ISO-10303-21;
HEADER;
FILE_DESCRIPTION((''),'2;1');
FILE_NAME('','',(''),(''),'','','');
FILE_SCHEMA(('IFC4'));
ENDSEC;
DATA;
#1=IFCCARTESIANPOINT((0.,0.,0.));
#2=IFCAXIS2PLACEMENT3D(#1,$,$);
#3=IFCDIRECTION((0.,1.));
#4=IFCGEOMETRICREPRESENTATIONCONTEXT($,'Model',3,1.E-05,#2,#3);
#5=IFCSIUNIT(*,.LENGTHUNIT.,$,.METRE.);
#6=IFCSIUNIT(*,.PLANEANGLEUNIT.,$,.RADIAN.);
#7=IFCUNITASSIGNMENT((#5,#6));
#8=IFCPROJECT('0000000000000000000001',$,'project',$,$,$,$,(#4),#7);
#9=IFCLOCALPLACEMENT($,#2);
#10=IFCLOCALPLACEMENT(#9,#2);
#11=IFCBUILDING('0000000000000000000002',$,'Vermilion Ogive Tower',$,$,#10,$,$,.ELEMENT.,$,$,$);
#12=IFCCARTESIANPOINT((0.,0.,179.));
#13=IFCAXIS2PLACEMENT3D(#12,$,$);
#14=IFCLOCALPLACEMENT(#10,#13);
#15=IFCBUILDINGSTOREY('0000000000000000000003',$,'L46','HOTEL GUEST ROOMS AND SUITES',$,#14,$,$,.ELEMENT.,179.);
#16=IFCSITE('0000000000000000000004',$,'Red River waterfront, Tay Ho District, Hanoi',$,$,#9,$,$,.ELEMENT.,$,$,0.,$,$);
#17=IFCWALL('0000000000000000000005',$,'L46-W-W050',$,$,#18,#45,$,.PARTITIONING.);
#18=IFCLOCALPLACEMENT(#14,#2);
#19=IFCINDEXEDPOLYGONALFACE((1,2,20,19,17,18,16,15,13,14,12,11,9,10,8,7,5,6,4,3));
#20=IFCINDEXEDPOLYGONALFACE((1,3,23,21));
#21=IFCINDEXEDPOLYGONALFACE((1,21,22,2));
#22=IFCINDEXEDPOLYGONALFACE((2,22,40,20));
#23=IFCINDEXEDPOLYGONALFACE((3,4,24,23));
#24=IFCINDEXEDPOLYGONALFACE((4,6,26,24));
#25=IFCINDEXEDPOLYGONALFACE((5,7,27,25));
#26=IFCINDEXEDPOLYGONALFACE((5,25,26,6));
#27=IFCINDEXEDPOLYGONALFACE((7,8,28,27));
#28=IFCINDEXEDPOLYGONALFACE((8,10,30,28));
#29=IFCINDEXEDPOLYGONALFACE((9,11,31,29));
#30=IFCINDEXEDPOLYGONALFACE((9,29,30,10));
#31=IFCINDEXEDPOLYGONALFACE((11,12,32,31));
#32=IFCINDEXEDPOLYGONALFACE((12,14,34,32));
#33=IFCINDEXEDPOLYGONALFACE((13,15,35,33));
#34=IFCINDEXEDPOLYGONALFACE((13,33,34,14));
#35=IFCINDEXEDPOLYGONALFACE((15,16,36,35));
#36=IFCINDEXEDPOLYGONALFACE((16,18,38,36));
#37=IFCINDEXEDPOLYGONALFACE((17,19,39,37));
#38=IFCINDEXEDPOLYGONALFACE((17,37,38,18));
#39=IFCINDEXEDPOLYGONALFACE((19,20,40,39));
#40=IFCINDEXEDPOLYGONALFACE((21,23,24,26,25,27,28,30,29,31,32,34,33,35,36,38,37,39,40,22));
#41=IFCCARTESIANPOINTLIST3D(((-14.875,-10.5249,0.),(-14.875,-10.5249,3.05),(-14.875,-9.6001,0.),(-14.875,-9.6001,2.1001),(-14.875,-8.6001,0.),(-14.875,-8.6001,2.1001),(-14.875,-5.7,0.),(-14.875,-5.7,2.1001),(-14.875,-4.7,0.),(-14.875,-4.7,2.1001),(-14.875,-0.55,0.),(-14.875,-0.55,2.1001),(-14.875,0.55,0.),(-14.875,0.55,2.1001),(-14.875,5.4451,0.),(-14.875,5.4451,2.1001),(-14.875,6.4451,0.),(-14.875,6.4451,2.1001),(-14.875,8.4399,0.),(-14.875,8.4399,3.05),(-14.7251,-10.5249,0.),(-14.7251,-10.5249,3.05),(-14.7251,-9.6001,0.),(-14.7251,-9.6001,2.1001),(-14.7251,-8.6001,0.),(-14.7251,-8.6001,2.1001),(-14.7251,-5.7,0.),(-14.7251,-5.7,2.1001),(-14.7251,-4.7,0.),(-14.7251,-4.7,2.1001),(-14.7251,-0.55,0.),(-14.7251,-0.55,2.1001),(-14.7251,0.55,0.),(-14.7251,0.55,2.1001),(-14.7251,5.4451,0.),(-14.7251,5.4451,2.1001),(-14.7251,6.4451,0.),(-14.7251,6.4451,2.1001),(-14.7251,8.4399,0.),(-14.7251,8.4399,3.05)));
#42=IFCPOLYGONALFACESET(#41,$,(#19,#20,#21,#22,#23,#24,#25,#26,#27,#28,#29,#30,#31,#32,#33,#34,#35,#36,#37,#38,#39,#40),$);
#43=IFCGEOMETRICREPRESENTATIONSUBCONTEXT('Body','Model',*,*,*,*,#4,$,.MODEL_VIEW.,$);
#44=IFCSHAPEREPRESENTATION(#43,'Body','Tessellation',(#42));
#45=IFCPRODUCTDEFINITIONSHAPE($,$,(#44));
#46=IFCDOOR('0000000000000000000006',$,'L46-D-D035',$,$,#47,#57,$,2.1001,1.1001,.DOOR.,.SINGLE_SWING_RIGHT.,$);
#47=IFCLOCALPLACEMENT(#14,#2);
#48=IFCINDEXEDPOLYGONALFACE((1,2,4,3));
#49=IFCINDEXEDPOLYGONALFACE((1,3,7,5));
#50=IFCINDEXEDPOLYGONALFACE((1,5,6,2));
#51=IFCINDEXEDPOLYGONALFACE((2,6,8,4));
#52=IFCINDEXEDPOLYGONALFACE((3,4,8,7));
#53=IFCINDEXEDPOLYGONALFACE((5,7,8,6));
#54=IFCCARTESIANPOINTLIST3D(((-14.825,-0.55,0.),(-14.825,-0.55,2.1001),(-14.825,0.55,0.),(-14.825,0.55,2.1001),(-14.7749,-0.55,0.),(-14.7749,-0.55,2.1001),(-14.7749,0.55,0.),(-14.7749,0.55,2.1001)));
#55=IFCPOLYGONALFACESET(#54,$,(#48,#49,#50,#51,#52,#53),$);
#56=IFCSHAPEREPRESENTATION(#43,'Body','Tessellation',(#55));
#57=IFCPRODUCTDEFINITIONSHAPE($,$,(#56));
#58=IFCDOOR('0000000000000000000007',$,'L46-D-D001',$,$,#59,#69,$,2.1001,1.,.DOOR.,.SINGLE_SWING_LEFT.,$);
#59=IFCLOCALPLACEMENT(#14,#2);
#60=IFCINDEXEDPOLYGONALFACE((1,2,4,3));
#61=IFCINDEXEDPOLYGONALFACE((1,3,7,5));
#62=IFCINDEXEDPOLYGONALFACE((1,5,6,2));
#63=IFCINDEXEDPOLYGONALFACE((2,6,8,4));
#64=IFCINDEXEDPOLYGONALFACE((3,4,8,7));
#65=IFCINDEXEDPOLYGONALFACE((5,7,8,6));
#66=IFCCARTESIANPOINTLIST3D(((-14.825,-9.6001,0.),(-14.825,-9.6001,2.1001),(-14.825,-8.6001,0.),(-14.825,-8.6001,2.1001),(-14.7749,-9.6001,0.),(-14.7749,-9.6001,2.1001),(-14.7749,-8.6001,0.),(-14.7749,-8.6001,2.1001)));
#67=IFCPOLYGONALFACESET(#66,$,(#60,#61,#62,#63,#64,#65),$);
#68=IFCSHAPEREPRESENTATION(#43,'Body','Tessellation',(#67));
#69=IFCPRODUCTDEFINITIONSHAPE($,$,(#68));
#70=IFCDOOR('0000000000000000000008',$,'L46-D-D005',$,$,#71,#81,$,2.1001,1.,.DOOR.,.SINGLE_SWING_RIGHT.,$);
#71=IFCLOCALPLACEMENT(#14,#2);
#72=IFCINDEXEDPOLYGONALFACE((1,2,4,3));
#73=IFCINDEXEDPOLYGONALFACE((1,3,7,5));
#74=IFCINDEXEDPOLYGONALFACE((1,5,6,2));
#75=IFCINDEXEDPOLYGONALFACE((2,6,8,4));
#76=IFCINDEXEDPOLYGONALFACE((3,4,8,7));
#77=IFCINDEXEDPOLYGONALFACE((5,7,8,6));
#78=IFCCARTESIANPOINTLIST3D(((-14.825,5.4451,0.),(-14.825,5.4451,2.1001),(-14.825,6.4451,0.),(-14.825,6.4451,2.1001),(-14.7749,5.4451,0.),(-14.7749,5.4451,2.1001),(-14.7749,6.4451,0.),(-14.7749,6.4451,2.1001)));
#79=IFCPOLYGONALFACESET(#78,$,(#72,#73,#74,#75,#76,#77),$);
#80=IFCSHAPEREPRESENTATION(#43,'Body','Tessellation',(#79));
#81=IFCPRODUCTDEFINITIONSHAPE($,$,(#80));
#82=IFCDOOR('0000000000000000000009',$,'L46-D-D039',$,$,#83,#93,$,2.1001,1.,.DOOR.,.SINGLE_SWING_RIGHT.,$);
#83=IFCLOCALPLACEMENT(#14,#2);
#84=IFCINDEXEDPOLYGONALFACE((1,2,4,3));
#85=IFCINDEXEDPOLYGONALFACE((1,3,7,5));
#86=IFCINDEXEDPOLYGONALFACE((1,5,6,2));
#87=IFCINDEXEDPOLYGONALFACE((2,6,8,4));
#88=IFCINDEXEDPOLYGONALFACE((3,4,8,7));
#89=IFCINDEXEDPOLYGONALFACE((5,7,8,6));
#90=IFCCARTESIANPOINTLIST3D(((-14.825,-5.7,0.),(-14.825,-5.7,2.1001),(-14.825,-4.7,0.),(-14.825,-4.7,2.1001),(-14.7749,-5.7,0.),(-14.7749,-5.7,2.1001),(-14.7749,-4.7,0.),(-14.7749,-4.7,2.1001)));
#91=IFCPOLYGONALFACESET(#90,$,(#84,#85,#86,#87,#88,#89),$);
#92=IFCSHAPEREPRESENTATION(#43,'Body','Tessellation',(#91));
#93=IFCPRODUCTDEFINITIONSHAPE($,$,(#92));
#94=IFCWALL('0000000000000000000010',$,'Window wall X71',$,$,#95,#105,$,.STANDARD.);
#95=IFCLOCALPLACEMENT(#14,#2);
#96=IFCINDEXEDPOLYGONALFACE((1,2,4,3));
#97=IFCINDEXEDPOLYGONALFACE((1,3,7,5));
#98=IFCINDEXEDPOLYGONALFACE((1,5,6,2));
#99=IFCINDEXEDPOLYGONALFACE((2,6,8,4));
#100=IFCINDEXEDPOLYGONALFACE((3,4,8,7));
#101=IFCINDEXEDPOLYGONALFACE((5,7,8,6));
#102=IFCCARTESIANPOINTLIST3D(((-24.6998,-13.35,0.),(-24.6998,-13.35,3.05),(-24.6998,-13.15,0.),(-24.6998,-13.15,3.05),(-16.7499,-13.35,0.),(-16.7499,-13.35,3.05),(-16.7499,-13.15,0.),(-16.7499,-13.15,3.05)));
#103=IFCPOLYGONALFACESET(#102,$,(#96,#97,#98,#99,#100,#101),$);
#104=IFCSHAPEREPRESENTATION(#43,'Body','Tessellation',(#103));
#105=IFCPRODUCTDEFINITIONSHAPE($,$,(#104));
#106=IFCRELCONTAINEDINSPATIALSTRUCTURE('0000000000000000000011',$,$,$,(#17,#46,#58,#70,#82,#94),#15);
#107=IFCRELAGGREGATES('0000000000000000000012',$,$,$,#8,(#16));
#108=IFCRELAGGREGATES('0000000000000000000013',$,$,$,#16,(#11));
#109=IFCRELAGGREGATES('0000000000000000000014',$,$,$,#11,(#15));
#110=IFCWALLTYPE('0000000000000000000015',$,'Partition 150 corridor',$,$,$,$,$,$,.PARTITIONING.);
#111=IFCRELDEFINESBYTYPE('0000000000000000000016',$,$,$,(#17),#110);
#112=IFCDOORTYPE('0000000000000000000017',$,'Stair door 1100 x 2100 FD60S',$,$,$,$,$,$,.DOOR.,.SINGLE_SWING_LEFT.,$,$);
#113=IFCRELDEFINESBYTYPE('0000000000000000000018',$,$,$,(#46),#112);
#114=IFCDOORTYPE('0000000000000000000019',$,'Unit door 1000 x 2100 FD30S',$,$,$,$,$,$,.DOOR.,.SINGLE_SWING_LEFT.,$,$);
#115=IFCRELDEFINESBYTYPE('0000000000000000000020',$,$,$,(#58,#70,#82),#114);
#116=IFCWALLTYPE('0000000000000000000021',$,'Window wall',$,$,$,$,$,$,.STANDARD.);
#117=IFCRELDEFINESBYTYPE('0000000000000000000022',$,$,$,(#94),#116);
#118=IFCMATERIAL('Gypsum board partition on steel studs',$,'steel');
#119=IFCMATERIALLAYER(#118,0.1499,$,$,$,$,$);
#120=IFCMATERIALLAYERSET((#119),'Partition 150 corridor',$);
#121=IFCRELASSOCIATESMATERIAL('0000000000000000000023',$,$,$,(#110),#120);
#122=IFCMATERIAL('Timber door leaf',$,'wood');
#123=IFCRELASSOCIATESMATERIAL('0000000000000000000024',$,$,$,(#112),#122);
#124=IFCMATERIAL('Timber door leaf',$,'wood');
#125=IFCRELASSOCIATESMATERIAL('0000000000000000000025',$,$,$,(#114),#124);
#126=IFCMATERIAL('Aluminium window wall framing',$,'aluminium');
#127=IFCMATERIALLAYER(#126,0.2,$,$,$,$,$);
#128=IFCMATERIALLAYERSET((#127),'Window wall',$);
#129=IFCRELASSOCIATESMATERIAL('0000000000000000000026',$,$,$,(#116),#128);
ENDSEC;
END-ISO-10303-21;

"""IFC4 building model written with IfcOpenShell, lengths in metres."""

from ifc_helpers import new_model, si_unit, direction, frame, frame_2d, origin, place, context, subcontext, project, spatial, rectangle, extrude, material, layer, layer_set, type_object, element, fill, save


model = new_model("IFC4")

# Units and contexts
model_context = context("Model", 3, precision=1e-05, world=origin(), true_north=direction((0.0, 1.0)))
body_context = subcontext(model_context, "Body", "Model", "MODEL_VIEW")
ifc_project = project(units=[si_unit("LENGTHUNIT", "METRE"), si_unit("PLANEANGLEUNIT", "RADIAN")], contexts=[model_context])

# Site, building, storey
site_placement = place(None, origin())
site = spatial("IfcSite", under=ifc_project, at=site_placement, Name="Red River waterfront, Tay Ho District, Hanoi", CompositionType="ELEMENT", RefElevation=0.0)
building_placement = place(site_placement, origin())
building = spatial("IfcBuilding", under=site, at=building_placement, Name="Vermilion Ogive Tower", CompositionType="ELEMENT")
storey_placement = place(building_placement, frame((0.0, 0.0, 179.0)))
storey = spatial("IfcBuildingStorey", under=building, at=storey_placement, Name="L46", Description="HOTEL GUEST ROOMS AND SUITES", CompositionType="ELEMENT", Elevation=179.0)

# Wall, openings, doors
ifc_material_1 = material(Name="Gypsum board partition on steel studs", Category="steel")
ifc_layer_1 = layer(ifc_material_1, 0.1499)
ifc_layer_set_1 = layer_set([ifc_layer_1], Name="Partition 150 corridor")
wall_type_1 = type_object("IfcWallType", Name="Partition 150 corridor", PredefinedType="PARTITIONING", material=ifc_layer_set_1)
ifc_material_2 = material(Name="Timber door leaf", Category="wood")
door_type_1 = type_object("IfcDoorType", Name="Stair door 1100 x 2100 FD60S", OperationType="SINGLE_SWING_LEFT", PredefinedType="DOOR", material=ifc_material_2)
ifc_material_3 = material(Name="Timber door leaf", Category="wood")
door_type_2 = type_object("IfcDoorType", Name="Unit door 1000 x 2100 FD30S", OperationType="SINGLE_SWING_LEFT", PredefinedType="DOOR", material=ifc_material_3)
wall_1_placement = place(storey_placement, frame((-14.8, -10.5249, 0.0), z_axis=(0.0, 0.0, 1.0), x_axis=(0.0, 1.0, 0.0)))
wall_1 = element("IfcWall", 1, at=wall_1_placement, inside=storey, type_object=wall_type_1, Name="L46-W-W050", PredefinedType="PARTITIONING", context=body_context, shape_type="SweptSolid", body=[
    extrude(rectangle(XDim=18.9648, YDim=0.1499, at=frame_2d((9.4824, 0.0))), origin(), (0.0, 0.0, 1.0), 3.05),
])
opening_1_placement = place(wall_1_placement, frame((0.9248, 0.0, 0.0)))
opening_1 = element("IfcOpeningElement", 2, at=opening_1_placement, cuts=wall_1, PredefinedType="OPENING", context=body_context, shape_type="SweptSolid", body=[
    extrude(rectangle(XDim=1.0, YDim=2.1001, at=frame_2d((0.5, 1.05))), frame((0.0, 0.085, 0.0), z_axis=(0.0, -1.0, 0.0), x_axis=(1.0, 0.0, 0.0)), (0.0, 0.0, 1.0), 0.1699),
])
opening_2_placement = place(wall_1_placement, frame((15.97, 0.0, 0.0)))
opening_2 = element("IfcOpeningElement", 3, at=opening_2_placement, cuts=wall_1, PredefinedType="OPENING", context=body_context, shape_type="SweptSolid", body=[
    extrude(rectangle(XDim=1.0, YDim=2.1001, at=frame_2d((0.5, 1.05))), frame((0.0, 0.085, 0.0), z_axis=(0.0, -1.0, 0.0), x_axis=(1.0, 0.0, 0.0)), (0.0, 0.0, 1.0), 0.1699),
])
opening_3_placement = place(wall_1_placement, frame((9.9749, 0.0, 0.0)))
opening_3 = element("IfcOpeningElement", 4, at=opening_3_placement, cuts=wall_1, PredefinedType="OPENING", context=body_context, shape_type="SweptSolid", body=[
    extrude(rectangle(XDim=1.1001, YDim=2.1001, at=frame_2d((0.55, 1.05))), frame((0.0, 0.085, 0.0), z_axis=(0.0, -1.0, 0.0), x_axis=(1.0, 0.0, 0.0)), (0.0, 0.0, 1.0), 0.1699),
])
opening_4_placement = place(wall_1_placement, frame((4.825, 0.0, 0.0)))
opening_4 = element("IfcOpeningElement", 5, at=opening_4_placement, cuts=wall_1, PredefinedType="OPENING", context=body_context, shape_type="SweptSolid", body=[
    extrude(rectangle(XDim=1.0, YDim=2.1001, at=frame_2d((0.5, 1.05))), frame((0.0, 0.085, 0.0), z_axis=(0.0, -1.0, 0.0), x_axis=(1.0, 0.0, 0.0)), (0.0, 0.0, 1.0), 0.1699),
])
door_1_placement = place(opening_3_placement, origin())
door_1 = element("IfcDoor", 6, at=door_1_placement, inside=storey, type_object=door_type_1, Name="L46-D-D035", OperationType="SINGLE_SWING_RIGHT", OverallHeight=2.1001, OverallWidth=1.1001, PredefinedType="DOOR", context=body_context, shape_type="SweptSolid", body=[
    extrude(rectangle(XDim=1.1001, YDim=2.1001, at=frame_2d((0.55, 1.05))), frame((0.0, 0.0249, 0.0), z_axis=(0.0, -1.0, 0.0), x_axis=(1.0, 0.0, 0.0)), (0.0, 0.0, 1.0), 0.05),
])
fill(opening_3, door_1)
door_2_placement = place(opening_1_placement, origin())
door_2 = element("IfcDoor", 7, at=door_2_placement, inside=storey, type_object=door_type_2, Name="L46-D-D001", OperationType="SINGLE_SWING_LEFT", OverallHeight=2.1001, OverallWidth=1.0, PredefinedType="DOOR", context=body_context, shape_type="SweptSolid", body=[
    extrude(rectangle(XDim=1.0, YDim=2.1001, at=frame_2d((0.5, 1.05))), frame((0.0, 0.0249, 0.0), z_axis=(0.0, -1.0, 0.0), x_axis=(1.0, 0.0, 0.0)), (0.0, 0.0, 1.0), 0.05),
])
fill(opening_1, door_2)
door_3_placement = place(opening_2_placement, origin())
door_3 = element("IfcDoor", 8, at=door_3_placement, inside=storey, type_object=door_type_2, Name="L46-D-D005", OperationType="SINGLE_SWING_RIGHT", OverallHeight=2.1001, OverallWidth=1.0, PredefinedType="DOOR", context=body_context, shape_type="SweptSolid", body=[
    extrude(rectangle(XDim=1.0, YDim=2.1001, at=frame_2d((0.5, 1.05))), frame((0.0, 0.0249, 0.0), z_axis=(0.0, -1.0, 0.0), x_axis=(1.0, 0.0, 0.0)), (0.0, 0.0, 1.0), 0.05),
])
fill(opening_2, door_3)
door_4_placement = place(opening_4_placement, origin())
door_4 = element("IfcDoor", 9, at=door_4_placement, inside=storey, type_object=door_type_2, Name="L46-D-D039", OperationType="SINGLE_SWING_RIGHT", OverallHeight=2.1001, OverallWidth=1.0, PredefinedType="DOOR", context=body_context, shape_type="SweptSolid", body=[
    extrude(rectangle(XDim=1.0, YDim=2.1001, at=frame_2d((0.5, 1.05))), frame((0.0, 0.0249, 0.0), z_axis=(0.0, -1.0, 0.0), x_axis=(1.0, 0.0, 0.0)), (0.0, 0.0, 1.0), 0.05),
])
fill(opening_4, door_4)

# Wall
ifc_material_4 = material(Name="Aluminium window wall framing", Category="aluminium")
ifc_layer_2 = layer(ifc_material_4, 0.2)
ifc_layer_set_2 = layer_set([ifc_layer_2], Name="Window wall")
wall_type_2 = type_object("IfcWallType", Name="Window wall", PredefinedType="STANDARD", material=ifc_layer_set_2)
wall_2_placement = place(storey_placement, frame((-24.7, -13.25, 0.0), z_axis=(0.0, 0.0, 1.0), x_axis=(1.0, 0.0, 0.0)))
element("IfcWall", 10, at=wall_2_placement, inside=storey, type_object=wall_type_2, Name="Window wall X71", PredefinedType="STANDARD", context=body_context, shape_type="SweptSolid", body=[
    extrude(rectangle(XDim=7.95, YDim=0.2, at=frame_2d((3.9751, 0.0))), origin(), (0.0, 0.0, 1.0), 3.05),
])

save(model, "model.ifc")
